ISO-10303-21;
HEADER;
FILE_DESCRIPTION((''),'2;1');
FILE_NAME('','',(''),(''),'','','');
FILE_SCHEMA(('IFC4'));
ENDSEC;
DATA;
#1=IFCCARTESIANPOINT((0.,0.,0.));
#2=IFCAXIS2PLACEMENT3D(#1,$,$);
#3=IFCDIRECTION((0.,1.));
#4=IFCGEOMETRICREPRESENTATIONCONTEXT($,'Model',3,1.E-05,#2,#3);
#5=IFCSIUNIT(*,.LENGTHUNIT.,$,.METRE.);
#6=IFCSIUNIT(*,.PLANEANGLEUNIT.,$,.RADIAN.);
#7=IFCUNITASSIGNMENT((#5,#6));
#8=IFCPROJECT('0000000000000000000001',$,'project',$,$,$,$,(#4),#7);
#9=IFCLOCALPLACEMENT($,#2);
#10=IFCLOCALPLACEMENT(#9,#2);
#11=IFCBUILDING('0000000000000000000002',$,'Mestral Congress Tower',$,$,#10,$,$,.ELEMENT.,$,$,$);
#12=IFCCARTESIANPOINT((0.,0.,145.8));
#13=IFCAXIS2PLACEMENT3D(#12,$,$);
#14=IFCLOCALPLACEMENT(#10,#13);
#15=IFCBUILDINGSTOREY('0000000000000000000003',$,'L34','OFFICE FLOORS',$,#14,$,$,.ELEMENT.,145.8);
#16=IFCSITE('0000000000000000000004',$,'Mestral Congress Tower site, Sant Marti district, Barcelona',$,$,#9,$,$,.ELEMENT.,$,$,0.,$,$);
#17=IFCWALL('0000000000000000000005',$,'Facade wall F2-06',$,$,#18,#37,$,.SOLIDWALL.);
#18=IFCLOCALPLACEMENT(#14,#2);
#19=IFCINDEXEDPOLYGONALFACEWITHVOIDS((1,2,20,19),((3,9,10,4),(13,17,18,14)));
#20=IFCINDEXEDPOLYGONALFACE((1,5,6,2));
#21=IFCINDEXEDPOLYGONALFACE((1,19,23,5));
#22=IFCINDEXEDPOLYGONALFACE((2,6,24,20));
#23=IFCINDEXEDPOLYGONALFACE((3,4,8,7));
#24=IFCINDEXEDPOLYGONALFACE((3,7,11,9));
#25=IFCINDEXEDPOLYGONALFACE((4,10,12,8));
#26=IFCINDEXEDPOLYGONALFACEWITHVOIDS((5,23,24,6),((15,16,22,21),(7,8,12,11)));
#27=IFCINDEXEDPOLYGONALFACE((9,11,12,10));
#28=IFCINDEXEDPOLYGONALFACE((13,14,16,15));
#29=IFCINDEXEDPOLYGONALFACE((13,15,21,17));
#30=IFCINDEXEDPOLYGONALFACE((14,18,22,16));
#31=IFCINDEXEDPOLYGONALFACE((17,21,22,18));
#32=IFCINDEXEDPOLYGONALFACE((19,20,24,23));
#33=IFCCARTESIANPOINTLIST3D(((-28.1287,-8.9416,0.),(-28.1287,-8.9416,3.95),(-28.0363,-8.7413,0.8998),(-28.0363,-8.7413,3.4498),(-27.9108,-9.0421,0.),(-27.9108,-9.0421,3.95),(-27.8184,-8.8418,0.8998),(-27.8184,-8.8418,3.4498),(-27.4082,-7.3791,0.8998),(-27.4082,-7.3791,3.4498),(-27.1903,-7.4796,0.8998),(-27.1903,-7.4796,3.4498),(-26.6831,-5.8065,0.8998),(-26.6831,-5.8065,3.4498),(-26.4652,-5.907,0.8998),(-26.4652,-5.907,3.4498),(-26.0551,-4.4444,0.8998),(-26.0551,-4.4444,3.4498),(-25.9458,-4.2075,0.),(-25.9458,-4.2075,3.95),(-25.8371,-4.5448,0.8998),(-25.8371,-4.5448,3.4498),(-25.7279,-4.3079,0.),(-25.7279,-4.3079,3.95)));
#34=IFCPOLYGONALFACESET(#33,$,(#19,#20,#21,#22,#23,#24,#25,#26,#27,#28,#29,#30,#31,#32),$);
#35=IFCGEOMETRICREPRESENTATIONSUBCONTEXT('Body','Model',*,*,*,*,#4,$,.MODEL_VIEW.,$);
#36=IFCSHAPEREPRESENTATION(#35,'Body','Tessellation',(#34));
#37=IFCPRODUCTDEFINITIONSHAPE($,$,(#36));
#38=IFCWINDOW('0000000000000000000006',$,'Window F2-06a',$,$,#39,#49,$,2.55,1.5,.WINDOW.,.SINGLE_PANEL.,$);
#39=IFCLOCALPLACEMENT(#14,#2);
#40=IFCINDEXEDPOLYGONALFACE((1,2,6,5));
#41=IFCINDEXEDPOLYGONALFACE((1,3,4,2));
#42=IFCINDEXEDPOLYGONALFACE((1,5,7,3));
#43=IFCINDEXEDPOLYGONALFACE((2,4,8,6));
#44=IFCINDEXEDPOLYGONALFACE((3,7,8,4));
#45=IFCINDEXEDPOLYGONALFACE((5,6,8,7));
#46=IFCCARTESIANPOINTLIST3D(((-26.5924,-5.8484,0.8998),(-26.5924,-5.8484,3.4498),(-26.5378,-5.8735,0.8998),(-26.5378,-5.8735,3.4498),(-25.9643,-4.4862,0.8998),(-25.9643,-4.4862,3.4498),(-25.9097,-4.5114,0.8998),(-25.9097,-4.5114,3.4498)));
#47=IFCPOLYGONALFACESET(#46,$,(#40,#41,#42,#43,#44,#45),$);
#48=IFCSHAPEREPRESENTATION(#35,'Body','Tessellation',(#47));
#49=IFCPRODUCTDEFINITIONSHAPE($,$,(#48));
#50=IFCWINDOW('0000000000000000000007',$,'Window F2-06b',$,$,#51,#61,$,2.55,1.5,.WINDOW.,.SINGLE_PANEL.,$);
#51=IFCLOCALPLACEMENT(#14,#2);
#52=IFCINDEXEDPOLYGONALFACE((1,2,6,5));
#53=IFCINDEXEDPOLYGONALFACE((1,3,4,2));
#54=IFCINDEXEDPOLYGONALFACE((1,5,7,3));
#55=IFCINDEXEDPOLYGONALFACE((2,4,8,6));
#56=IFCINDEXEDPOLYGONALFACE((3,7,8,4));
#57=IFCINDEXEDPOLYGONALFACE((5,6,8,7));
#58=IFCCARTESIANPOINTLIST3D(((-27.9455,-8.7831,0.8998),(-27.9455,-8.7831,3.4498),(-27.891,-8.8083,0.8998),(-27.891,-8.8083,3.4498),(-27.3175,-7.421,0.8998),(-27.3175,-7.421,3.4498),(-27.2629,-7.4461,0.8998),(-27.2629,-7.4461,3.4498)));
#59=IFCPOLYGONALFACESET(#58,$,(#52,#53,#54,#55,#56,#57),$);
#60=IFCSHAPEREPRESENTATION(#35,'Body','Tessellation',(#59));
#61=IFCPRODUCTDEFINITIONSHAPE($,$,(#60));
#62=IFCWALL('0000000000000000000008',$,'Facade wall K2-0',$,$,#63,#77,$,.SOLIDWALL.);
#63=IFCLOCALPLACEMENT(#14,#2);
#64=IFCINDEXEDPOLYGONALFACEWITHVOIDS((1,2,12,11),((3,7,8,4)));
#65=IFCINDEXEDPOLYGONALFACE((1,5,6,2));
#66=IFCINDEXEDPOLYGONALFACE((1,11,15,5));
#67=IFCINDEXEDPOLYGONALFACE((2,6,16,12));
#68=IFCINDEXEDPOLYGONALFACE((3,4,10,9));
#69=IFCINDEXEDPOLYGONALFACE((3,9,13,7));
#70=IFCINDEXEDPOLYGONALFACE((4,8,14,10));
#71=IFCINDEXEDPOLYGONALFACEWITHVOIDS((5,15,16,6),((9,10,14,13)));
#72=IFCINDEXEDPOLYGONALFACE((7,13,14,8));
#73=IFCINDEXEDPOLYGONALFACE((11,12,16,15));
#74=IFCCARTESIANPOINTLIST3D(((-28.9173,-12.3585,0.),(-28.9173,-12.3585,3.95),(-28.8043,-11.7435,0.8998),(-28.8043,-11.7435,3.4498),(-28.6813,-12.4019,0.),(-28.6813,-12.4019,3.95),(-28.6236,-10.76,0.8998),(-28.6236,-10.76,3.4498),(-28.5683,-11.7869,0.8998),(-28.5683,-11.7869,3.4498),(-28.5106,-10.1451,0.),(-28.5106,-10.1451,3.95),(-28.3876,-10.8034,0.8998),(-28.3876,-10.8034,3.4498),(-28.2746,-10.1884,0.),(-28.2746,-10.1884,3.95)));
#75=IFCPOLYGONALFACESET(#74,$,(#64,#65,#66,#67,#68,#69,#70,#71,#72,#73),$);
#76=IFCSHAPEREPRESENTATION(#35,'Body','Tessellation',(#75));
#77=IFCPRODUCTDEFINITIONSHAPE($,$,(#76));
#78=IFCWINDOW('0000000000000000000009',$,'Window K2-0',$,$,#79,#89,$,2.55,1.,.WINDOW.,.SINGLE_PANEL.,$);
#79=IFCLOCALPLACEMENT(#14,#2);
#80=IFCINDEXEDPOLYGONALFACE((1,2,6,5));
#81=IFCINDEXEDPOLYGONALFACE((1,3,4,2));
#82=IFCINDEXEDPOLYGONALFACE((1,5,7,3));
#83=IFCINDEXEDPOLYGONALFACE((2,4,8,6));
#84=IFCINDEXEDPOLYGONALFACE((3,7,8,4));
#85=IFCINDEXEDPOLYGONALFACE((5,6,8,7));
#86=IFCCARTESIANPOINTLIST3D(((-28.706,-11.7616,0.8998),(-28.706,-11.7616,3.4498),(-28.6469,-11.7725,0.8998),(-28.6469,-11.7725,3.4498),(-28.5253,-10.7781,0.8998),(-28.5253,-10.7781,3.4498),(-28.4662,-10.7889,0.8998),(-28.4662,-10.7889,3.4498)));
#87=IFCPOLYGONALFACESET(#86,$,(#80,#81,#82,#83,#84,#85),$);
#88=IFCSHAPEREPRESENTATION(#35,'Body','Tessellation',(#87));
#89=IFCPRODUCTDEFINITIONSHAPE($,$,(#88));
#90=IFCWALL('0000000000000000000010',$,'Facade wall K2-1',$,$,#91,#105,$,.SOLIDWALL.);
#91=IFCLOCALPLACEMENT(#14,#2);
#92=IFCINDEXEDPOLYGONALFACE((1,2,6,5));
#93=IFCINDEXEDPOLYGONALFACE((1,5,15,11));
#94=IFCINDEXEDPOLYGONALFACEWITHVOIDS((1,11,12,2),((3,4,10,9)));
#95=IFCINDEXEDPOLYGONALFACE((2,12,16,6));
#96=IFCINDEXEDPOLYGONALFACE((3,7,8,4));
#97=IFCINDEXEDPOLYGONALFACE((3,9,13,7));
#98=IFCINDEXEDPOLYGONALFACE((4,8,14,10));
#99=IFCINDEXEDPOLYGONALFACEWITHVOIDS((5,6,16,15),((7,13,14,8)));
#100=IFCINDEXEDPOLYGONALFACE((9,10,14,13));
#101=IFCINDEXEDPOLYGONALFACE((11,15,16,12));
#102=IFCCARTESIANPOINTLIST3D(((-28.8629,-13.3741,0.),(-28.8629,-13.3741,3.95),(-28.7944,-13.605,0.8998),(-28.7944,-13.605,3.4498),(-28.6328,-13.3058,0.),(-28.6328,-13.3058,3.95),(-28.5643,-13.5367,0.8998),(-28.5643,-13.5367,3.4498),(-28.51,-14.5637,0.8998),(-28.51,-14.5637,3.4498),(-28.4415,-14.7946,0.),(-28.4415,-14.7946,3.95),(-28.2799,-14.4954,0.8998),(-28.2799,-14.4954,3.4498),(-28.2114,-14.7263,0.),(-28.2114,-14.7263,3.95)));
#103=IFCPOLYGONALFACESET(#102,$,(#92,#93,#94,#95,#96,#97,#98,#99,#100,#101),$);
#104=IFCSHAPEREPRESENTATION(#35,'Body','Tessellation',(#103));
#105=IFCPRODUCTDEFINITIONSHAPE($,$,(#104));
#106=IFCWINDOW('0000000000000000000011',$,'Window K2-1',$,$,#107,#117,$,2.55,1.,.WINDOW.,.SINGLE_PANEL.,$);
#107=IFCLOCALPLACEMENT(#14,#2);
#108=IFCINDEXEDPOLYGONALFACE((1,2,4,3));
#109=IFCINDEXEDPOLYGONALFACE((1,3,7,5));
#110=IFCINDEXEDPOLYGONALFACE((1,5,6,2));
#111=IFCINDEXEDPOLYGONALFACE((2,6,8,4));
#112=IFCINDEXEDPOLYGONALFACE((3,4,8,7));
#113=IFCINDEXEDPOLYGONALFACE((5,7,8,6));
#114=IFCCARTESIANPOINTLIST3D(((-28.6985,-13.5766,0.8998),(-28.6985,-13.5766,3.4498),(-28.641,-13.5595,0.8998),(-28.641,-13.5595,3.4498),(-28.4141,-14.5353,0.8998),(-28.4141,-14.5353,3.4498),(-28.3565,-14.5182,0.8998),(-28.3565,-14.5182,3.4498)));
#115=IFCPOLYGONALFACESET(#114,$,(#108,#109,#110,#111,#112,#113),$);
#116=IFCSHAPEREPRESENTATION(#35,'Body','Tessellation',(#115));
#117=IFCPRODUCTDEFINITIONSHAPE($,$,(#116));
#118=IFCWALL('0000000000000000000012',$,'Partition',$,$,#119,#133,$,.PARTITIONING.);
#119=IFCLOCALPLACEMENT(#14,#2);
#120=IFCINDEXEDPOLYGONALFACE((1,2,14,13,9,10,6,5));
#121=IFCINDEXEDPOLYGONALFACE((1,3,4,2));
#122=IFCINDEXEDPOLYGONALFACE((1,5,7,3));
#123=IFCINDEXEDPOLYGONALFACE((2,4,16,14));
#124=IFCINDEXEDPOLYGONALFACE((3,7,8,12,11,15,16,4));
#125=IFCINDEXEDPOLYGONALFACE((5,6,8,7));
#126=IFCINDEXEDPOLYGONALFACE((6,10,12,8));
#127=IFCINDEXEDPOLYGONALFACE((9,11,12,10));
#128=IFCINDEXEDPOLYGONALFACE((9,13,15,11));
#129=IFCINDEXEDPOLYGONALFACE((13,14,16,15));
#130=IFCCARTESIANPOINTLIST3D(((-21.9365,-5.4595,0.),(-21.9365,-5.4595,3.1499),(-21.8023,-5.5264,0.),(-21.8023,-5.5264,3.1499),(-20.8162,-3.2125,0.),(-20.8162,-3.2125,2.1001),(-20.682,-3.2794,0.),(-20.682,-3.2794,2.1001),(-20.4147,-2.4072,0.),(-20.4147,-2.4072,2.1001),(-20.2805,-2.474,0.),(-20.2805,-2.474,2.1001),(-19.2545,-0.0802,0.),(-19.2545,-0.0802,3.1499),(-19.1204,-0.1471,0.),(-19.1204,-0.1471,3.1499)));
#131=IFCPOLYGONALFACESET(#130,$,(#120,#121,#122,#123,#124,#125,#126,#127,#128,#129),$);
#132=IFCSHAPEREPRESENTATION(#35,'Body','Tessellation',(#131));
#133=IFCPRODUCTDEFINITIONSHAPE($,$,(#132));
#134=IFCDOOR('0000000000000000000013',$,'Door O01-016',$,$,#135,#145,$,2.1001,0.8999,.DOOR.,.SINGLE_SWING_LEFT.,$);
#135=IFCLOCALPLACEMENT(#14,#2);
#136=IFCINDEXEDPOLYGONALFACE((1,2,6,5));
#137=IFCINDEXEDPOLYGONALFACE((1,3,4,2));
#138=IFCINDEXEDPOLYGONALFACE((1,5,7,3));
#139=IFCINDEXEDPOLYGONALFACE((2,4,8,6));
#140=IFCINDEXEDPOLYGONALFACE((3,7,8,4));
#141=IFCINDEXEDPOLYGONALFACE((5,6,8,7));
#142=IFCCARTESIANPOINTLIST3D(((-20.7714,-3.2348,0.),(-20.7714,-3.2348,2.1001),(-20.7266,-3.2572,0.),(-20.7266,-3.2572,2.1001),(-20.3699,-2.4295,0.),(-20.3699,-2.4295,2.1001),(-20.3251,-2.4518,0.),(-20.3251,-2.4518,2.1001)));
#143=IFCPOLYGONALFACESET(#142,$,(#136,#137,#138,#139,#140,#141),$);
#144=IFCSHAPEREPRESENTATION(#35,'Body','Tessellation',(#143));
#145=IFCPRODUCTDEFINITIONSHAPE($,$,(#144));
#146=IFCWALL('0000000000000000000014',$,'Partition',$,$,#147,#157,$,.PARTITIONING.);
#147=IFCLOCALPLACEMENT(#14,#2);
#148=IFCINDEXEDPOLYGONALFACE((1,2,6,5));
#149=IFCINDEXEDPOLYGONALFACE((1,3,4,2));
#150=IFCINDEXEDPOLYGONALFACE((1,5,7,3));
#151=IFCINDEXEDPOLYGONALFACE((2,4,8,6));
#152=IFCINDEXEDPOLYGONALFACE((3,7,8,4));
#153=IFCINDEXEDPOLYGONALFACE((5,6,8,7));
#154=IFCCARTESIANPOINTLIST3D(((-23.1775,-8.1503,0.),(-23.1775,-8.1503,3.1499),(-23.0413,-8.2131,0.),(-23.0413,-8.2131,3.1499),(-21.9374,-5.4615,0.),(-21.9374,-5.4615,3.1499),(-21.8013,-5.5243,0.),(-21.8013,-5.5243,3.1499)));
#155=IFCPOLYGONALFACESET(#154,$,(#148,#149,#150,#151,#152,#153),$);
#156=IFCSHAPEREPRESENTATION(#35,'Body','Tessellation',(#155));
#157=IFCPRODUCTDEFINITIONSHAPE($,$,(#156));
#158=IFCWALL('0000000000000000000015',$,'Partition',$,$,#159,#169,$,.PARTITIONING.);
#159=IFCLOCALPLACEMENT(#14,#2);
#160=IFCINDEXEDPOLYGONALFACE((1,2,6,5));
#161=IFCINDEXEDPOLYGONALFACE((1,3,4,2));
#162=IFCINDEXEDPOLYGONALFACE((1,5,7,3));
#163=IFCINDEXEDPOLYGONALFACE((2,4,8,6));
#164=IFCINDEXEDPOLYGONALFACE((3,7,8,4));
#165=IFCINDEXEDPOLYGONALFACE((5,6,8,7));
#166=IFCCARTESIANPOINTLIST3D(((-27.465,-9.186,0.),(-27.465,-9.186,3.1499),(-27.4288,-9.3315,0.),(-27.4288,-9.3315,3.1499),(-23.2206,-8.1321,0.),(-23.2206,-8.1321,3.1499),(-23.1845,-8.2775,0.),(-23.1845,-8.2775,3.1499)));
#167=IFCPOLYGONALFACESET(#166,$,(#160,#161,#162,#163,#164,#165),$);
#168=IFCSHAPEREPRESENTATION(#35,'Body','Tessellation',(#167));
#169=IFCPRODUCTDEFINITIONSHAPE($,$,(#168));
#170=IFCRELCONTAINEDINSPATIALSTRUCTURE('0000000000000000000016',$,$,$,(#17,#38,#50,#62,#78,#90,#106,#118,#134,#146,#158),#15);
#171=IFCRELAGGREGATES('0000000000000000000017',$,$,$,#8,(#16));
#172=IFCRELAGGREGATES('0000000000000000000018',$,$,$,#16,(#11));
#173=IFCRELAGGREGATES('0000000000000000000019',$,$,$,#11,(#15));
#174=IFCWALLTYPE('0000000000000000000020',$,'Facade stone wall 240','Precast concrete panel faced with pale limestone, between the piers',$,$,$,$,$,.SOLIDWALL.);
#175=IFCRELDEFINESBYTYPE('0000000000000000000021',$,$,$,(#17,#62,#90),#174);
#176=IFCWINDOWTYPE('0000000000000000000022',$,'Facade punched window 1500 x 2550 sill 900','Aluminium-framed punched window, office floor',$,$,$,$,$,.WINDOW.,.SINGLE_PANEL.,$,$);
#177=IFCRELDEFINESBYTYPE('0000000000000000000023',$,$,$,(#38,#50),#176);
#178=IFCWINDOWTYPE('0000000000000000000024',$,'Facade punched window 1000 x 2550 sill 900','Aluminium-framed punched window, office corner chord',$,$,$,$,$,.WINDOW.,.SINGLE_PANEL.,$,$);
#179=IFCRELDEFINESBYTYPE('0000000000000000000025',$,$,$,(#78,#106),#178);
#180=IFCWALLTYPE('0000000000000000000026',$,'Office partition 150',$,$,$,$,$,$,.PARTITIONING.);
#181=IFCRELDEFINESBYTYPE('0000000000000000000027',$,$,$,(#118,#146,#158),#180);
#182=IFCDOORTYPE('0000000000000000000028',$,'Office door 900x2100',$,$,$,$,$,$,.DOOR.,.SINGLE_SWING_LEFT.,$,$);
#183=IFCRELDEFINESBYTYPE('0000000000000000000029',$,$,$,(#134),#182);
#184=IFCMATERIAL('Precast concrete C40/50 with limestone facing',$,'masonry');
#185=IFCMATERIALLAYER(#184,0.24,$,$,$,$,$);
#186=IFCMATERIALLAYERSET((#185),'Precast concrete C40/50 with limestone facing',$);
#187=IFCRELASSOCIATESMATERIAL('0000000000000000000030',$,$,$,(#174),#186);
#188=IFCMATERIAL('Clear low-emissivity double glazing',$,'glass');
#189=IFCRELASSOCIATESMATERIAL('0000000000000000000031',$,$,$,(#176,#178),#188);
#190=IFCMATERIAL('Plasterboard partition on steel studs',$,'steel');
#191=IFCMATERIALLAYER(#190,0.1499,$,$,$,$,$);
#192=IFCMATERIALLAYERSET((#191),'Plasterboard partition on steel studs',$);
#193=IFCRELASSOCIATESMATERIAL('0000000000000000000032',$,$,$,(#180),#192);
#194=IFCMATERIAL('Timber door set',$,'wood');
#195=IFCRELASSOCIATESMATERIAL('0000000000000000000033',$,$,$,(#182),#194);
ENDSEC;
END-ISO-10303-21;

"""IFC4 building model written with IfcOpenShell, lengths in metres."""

from ifc_helpers import new_model, si_unit, direction, frame, frame_2d, origin, place, context, subcontext, project, spatial, rectangle, extrude, material, layer, layer_set, type_object, element, fill, save


model = new_model("IFC4")

# Units and contexts
model_context = context("Model", 3, precision=1e-05, world=origin(), true_north=direction((0.0, 1.0)))
body_context = subcontext(model_context, "Body", "Model", "MODEL_VIEW")
ifc_project = project(units=[si_unit("LENGTHUNIT", "METRE"), si_unit("PLANEANGLEUNIT", "RADIAN")], contexts=[model_context])

# Site, building, storey
site_placement = place(None, origin())
site = spatial("IfcSite", under=ifc_project, at=site_placement, Name="Mestral Congress Tower site, Sant Marti district, Barcelona", CompositionType="ELEMENT", RefElevation=0.0)
building_placement = place(site_placement, origin())
building = spatial("IfcBuilding", under=site, at=building_placement, Name="Mestral Congress Tower", CompositionType="ELEMENT")
storey_placement = place(building_placement, frame((0.0, 0.0, 145.8)))
storey = spatial("IfcBuildingStorey", under=building, at=storey_placement, Name="L34", Description="OFFICE FLOORS", CompositionType="ELEMENT", Elevation=145.8)

# Wall, openings, windows
ifc_material_1 = material(Name="Precast concrete C40/50 with limestone facing", Category="masonry")
ifc_layer_1 = layer(ifc_material_1, 0.24)
ifc_layer_set_1 = layer_set([ifc_layer_1], Name="Precast concrete C40/50 with limestone facing")
wall_type_1 = type_object("IfcWallType", Name="Facade stone wall 240", Description="Precast concrete panel faced with pale limestone, between the piers", PredefinedType="SOLIDWALL", material=ifc_layer_set_1)
wall_1_placement = place(storey_placement, frame((-25.8369, -4.2578, 0.0), z_axis=(0.0, 0.0, 1.0), x_axis=(-0.418723, -0.908114, 0.0)))
wall_1 = element("IfcWall", 1, at=wall_1_placement, inside=storey, type_object=wall_type_1, Name="Facade wall F2-06", PredefinedType="SOLIDWALL", context=body_context, shape_type="SweptSolid", body=[
    extrude(rectangle(XDim=5.2131, YDim=0.24, at=frame_2d((2.6064, 0.0))), origin(), (0.0, 0.0, 1.0), 3.95),
])
opening_1_placement = place(wall_1_placement, frame((0.2607, 0.0, 0.8999)))
opening_1 = element("IfcOpeningElement", 2, at=opening_1_placement, cuts=wall_1, PredefinedType="OPENING", context=body_context, shape_type="SweptSolid", body=[
    extrude(rectangle(XDim=1.5, YDim=2.55, at=frame_2d((0.75, 1.2749))), frame((0.0, 0.1299, 0.0), z_axis=(0.0, -1.0, 0.0), x_axis=(1.0, 0.0, 0.0)), (0.0, 0.0, 1.0), 0.26),
])
opening_2_placement = place(wall_1_placement, frame((3.4924, 0.0, 0.8999)))
opening_2 = element("IfcOpeningElement", 3, at=opening_2_placement, cuts=wall_1, PredefinedType="OPENING", context=body_context, shape_type="SweptSolid", body=[
    extrude(rectangle(XDim=1.5, YDim=2.55, at=frame_2d((0.75, 1.2749))), frame((0.0, 0.1299, 0.0), z_axis=(0.0, -1.0, 0.0), x_axis=(1.0, 0.0, 0.0)), (0.0, 0.0, 1.0), 0.26),
])
ifc_material_2 = material(Name="Clear low-emissivity double glazing", Category="glass")
window_type_1 = type_object("IfcWindowType", Name="Facade punched window 1500 x 2550 sill 900", Description="Aluminium-framed punched window, office floor", PartitioningType="SINGLE_PANEL", PredefinedType="WINDOW", material=ifc_material_2)
window_1_placement = place(opening_1_placement, origin())
window_1 = element("IfcWindow", 4, at=window_1_placement, inside=storey, type_object=window_type_1, Name="Window F2-06a", OverallHeight=2.55, OverallWidth=1.5, PartitioningType="SINGLE_PANEL", PredefinedType="WINDOW", context=body_context, shape_type="SweptSolid", body=[
    extrude(rectangle(XDim=1.5, YDim=2.55, at=frame_2d((0.75, 1.2749))), frame((0.0, 0.04, 0.0), z_axis=(0.0, -1.0, 0.0), x_axis=(1.0, 0.0, 0.0)), (0.0, 0.0, 1.0), 0.0601),
])
fill(opening_1, window_1)
window_2_placement = place(opening_2_placement, origin())
window_2 = element("IfcWindow", 5, at=window_2_placement, inside=storey, type_object=window_type_1, Name="Window F2-06b", OverallHeight=2.55, OverallWidth=1.5, PartitioningType="SINGLE_PANEL", PredefinedType="WINDOW", context=body_context, shape_type="SweptSolid", body=[
    extrude(rectangle(XDim=1.5, YDim=2.55, at=frame_2d((0.75, 1.2749))), frame((0.0, 0.04, 0.0), z_axis=(0.0, -1.0, 0.0), x_axis=(1.0, 0.0, 0.0)), (0.0, 0.0, 1.0), 0.0601),
])
fill(opening_2, window_2)

# Walls, openings, windows
wall_2_placement = place(storey_placement, frame((-28.3926, -10.1667, 0.0), z_axis=(0.0, 0.0, 1.0), x_axis=(-0.180737, -0.983531, 0.0)))
wall_2 = element("IfcWall", 6, at=wall_2_placement, inside=storey, type_object=wall_type_1, Name="Facade wall K2-0", PredefinedType="SOLIDWALL", context=body_context, shape_type="SweptSolid", body=[
    extrude(rectangle(XDim=2.2505, YDim=0.24, at=frame_2d((1.1252, 0.0))), origin(), (0.0, 0.0, 1.0), 3.95),
])
opening_3_placement = place(wall_2_placement, frame((0.6252, 0.0, 0.8999)))
opening_3 = element("IfcOpeningElement", 7, at=opening_3_placement, cuts=wall_2, PredefinedType="OPENING", context=body_context, shape_type="SweptSolid", body=[
    extrude(rectangle(XDim=1.0, YDim=2.55, at=frame_2d((0.5, 1.2749))), frame((0.0, 0.1299, 0.0), z_axis=(0.0, -1.0, 0.0), x_axis=(1.0, 0.0, 0.0)), (0.0, 0.0, 1.0), 0.26),
])
window_type_2 = type_object("IfcWindowType", Name="Facade punched window 1000 x 2550 sill 900", Description="Aluminium-framed punched window, office corner chord", PartitioningType="SINGLE_PANEL", PredefinedType="WINDOW", material=ifc_material_2)
window_3_placement = place(opening_3_placement, origin())
window_3 = element("IfcWindow", 8, at=window_3_placement, inside=storey, type_object=window_type_2, Name="Window K2-0", OverallHeight=2.55, OverallWidth=1.0, PartitioningType="SINGLE_PANEL", PredefinedType="WINDOW", context=body_context, shape_type="SweptSolid", body=[
    extrude(rectangle(XDim=1.0, YDim=2.55, at=frame_2d((0.5, 1.2749))), frame((0.0, 0.04, 0.0), z_axis=(0.0, -1.0, 0.0), x_axis=(1.0, 0.0, 0.0)), (0.0, 0.0, 1.0), 0.0601),
])
fill(opening_3, window_3)
wall_3_placement = place(storey_placement, frame((-28.7478, -13.3401, 0.0), z_axis=(0.0, 0.0, 1.0), x_axis=(0.284414, -0.958702, 0.0)))
wall_3 = element("IfcWall", 9, at=wall_3_placement, inside=storey, type_object=wall_type_1, Name="Facade wall K2-1", PredefinedType="SOLIDWALL", context=body_context, shape_type="SweptSolid", body=[
    extrude(rectangle(XDim=1.4817, YDim=0.24, at=frame_2d((0.7407, 0.0))), origin(), (0.0, 0.0, 1.0), 3.95),
])
opening_4_placement = place(wall_3_placement, frame((0.2407, 0.0, 0.8999)))
opening_4 = element("IfcOpeningElement", 10, at=opening_4_placement, cuts=wall_3, PredefinedType="OPENING", context=body_context, shape_type="SweptSolid", body=[
    extrude(rectangle(XDim=1.0, YDim=2.55, at=frame_2d((0.5, 1.2749))), frame((0.0, 0.1299, 0.0), z_axis=(0.0, -1.0, 0.0), x_axis=(1.0, 0.0, 0.0)), (0.0, 0.0, 1.0), 0.26),
])
window_4_placement = place(opening_4_placement, origin())
window_4 = element("IfcWindow", 11, at=window_4_placement, inside=storey, type_object=window_type_2, Name="Window K2-1", OverallHeight=2.55, OverallWidth=1.0, PartitioningType="SINGLE_PANEL", PredefinedType="WINDOW", context=body_context, shape_type="SweptSolid", body=[
    extrude(rectangle(XDim=1.0, YDim=2.55, at=frame_2d((0.5, 1.2749))), frame((0.0, 0.04, 0.0), z_axis=(0.0, -1.0, 0.0), x_axis=(1.0, 0.0, 0.0)), (0.0, 0.0, 1.0), 0.0601),
])
fill(opening_4, window_4)

# Wall, opening, door
ifc_material_3 = material(Name="Plasterboard partition on steel studs", Category="steel")
ifc_layer_2 = layer(ifc_material_3, 0.1499)
ifc_layer_set_2 = layer_set([ifc_layer_2], Name="Plasterboard partition on steel studs")
wall_type_2 = type_object("IfcWallType", Name="Office partition 150", PredefinedType="PARTITIONING", material=ifc_layer_set_2)
wall_4_placement = place(storey_placement, frame((-21.8694, -5.4929, 0.0), z_axis=(0.0, 0.0, 1.0), x_axis=(0.44619, 0.894938, 0.0)))
wall_4 = element("IfcWall", 12, at=wall_4_placement, inside=storey, type_object=wall_type_2, Name="Partition", PredefinedType="PARTITIONING", context=body_context, shape_type="SweptSolid", body=[
    extrude(rectangle(XDim=6.0107, YDim=0.1499, at=frame_2d((3.0054, 0.0))), origin(), (0.0, 0.0, 1.0), 3.1499),
])
opening_5_placement = place(wall_4_placement, frame((2.5107, 0.0, 0.0)))
opening_5 = element("IfcOpeningElement", 13, at=opening_5_placement, cuts=wall_4, PredefinedType="OPENING", context=body_context, shape_type="SweptSolid", body=[
    extrude(rectangle(XDim=0.8999, YDim=2.1001, at=frame_2d((0.45, 1.05))), frame((0.0, 0.085, 0.0), z_axis=(0.0, -1.0, 0.0), x_axis=(1.0, 0.0, 0.0)), (0.0, 0.0, 1.0), 0.1699),
])
ifc_material_4 = material(Name="Timber door set", Category="wood")
door_type = type_object("IfcDoorType", Name="Office door 900x2100", OperationType="SINGLE_SWING_LEFT", PredefinedType="DOOR", material=ifc_material_4)
door_1_placement = place(opening_5_placement, origin())
door_1 = element("IfcDoor", 14, at=door_1_placement, inside=storey, type_object=door_type, Name="Door O01-016", OperationType="SINGLE_SWING_LEFT", OverallHeight=2.1001, OverallWidth=0.8999, PredefinedType="DOOR", context=body_context, shape_type="SweptSolid", body=[
    extrude(rectangle(XDim=0.8999, YDim=2.1001, at=frame_2d((0.45, 1.05))), frame((0.0, 0.0249, 0.0), z_axis=(0.0, -1.0, 0.0), x_axis=(1.0, 0.0, 0.0)), (0.0, 0.0, 1.0), 0.05),
])
fill(opening_5, door_1)

# Walls
wall_5_placement = place(storey_placement, frame((-21.8694, -5.4929, 0.0), z_axis=(0.0, 0.0, 1.0), x_axis=(-0.418791, -0.908082, 0.0)))
element("IfcWall", 15, at=wall_5_placement, inside=storey, type_object=wall_type_2, Name="Partition", PredefinedType="PARTITIONING", context=body_context, shape_type="SweptSolid", body=[
    extrude(rectangle(XDim=2.9609, YDim=0.1499, at=frame_2d((1.4805, 0.0))), origin(), (0.0, 0.0, 1.0), 3.1499),
])
wall_6_placement = place(storey_placement, frame((-23.2026, -8.2048, 0.0), z_axis=(0.0, 0.0, 1.0), x_axis=(-0.970525, -0.240998, 0.0)))
element("IfcWall", 16, at=wall_6_placement, inside=storey, type_object=wall_type_2, Name="Partition", PredefinedType="PARTITIONING", context=body_context, shape_type="SweptSolid", body=[
    extrude(rectangle(XDim=4.3733, YDim=0.1499, at=frame_2d((2.1865, 0.0))), origin(), (0.0, 0.0, 1.0), 3.1499),
])

save(model, "model.ifc")
